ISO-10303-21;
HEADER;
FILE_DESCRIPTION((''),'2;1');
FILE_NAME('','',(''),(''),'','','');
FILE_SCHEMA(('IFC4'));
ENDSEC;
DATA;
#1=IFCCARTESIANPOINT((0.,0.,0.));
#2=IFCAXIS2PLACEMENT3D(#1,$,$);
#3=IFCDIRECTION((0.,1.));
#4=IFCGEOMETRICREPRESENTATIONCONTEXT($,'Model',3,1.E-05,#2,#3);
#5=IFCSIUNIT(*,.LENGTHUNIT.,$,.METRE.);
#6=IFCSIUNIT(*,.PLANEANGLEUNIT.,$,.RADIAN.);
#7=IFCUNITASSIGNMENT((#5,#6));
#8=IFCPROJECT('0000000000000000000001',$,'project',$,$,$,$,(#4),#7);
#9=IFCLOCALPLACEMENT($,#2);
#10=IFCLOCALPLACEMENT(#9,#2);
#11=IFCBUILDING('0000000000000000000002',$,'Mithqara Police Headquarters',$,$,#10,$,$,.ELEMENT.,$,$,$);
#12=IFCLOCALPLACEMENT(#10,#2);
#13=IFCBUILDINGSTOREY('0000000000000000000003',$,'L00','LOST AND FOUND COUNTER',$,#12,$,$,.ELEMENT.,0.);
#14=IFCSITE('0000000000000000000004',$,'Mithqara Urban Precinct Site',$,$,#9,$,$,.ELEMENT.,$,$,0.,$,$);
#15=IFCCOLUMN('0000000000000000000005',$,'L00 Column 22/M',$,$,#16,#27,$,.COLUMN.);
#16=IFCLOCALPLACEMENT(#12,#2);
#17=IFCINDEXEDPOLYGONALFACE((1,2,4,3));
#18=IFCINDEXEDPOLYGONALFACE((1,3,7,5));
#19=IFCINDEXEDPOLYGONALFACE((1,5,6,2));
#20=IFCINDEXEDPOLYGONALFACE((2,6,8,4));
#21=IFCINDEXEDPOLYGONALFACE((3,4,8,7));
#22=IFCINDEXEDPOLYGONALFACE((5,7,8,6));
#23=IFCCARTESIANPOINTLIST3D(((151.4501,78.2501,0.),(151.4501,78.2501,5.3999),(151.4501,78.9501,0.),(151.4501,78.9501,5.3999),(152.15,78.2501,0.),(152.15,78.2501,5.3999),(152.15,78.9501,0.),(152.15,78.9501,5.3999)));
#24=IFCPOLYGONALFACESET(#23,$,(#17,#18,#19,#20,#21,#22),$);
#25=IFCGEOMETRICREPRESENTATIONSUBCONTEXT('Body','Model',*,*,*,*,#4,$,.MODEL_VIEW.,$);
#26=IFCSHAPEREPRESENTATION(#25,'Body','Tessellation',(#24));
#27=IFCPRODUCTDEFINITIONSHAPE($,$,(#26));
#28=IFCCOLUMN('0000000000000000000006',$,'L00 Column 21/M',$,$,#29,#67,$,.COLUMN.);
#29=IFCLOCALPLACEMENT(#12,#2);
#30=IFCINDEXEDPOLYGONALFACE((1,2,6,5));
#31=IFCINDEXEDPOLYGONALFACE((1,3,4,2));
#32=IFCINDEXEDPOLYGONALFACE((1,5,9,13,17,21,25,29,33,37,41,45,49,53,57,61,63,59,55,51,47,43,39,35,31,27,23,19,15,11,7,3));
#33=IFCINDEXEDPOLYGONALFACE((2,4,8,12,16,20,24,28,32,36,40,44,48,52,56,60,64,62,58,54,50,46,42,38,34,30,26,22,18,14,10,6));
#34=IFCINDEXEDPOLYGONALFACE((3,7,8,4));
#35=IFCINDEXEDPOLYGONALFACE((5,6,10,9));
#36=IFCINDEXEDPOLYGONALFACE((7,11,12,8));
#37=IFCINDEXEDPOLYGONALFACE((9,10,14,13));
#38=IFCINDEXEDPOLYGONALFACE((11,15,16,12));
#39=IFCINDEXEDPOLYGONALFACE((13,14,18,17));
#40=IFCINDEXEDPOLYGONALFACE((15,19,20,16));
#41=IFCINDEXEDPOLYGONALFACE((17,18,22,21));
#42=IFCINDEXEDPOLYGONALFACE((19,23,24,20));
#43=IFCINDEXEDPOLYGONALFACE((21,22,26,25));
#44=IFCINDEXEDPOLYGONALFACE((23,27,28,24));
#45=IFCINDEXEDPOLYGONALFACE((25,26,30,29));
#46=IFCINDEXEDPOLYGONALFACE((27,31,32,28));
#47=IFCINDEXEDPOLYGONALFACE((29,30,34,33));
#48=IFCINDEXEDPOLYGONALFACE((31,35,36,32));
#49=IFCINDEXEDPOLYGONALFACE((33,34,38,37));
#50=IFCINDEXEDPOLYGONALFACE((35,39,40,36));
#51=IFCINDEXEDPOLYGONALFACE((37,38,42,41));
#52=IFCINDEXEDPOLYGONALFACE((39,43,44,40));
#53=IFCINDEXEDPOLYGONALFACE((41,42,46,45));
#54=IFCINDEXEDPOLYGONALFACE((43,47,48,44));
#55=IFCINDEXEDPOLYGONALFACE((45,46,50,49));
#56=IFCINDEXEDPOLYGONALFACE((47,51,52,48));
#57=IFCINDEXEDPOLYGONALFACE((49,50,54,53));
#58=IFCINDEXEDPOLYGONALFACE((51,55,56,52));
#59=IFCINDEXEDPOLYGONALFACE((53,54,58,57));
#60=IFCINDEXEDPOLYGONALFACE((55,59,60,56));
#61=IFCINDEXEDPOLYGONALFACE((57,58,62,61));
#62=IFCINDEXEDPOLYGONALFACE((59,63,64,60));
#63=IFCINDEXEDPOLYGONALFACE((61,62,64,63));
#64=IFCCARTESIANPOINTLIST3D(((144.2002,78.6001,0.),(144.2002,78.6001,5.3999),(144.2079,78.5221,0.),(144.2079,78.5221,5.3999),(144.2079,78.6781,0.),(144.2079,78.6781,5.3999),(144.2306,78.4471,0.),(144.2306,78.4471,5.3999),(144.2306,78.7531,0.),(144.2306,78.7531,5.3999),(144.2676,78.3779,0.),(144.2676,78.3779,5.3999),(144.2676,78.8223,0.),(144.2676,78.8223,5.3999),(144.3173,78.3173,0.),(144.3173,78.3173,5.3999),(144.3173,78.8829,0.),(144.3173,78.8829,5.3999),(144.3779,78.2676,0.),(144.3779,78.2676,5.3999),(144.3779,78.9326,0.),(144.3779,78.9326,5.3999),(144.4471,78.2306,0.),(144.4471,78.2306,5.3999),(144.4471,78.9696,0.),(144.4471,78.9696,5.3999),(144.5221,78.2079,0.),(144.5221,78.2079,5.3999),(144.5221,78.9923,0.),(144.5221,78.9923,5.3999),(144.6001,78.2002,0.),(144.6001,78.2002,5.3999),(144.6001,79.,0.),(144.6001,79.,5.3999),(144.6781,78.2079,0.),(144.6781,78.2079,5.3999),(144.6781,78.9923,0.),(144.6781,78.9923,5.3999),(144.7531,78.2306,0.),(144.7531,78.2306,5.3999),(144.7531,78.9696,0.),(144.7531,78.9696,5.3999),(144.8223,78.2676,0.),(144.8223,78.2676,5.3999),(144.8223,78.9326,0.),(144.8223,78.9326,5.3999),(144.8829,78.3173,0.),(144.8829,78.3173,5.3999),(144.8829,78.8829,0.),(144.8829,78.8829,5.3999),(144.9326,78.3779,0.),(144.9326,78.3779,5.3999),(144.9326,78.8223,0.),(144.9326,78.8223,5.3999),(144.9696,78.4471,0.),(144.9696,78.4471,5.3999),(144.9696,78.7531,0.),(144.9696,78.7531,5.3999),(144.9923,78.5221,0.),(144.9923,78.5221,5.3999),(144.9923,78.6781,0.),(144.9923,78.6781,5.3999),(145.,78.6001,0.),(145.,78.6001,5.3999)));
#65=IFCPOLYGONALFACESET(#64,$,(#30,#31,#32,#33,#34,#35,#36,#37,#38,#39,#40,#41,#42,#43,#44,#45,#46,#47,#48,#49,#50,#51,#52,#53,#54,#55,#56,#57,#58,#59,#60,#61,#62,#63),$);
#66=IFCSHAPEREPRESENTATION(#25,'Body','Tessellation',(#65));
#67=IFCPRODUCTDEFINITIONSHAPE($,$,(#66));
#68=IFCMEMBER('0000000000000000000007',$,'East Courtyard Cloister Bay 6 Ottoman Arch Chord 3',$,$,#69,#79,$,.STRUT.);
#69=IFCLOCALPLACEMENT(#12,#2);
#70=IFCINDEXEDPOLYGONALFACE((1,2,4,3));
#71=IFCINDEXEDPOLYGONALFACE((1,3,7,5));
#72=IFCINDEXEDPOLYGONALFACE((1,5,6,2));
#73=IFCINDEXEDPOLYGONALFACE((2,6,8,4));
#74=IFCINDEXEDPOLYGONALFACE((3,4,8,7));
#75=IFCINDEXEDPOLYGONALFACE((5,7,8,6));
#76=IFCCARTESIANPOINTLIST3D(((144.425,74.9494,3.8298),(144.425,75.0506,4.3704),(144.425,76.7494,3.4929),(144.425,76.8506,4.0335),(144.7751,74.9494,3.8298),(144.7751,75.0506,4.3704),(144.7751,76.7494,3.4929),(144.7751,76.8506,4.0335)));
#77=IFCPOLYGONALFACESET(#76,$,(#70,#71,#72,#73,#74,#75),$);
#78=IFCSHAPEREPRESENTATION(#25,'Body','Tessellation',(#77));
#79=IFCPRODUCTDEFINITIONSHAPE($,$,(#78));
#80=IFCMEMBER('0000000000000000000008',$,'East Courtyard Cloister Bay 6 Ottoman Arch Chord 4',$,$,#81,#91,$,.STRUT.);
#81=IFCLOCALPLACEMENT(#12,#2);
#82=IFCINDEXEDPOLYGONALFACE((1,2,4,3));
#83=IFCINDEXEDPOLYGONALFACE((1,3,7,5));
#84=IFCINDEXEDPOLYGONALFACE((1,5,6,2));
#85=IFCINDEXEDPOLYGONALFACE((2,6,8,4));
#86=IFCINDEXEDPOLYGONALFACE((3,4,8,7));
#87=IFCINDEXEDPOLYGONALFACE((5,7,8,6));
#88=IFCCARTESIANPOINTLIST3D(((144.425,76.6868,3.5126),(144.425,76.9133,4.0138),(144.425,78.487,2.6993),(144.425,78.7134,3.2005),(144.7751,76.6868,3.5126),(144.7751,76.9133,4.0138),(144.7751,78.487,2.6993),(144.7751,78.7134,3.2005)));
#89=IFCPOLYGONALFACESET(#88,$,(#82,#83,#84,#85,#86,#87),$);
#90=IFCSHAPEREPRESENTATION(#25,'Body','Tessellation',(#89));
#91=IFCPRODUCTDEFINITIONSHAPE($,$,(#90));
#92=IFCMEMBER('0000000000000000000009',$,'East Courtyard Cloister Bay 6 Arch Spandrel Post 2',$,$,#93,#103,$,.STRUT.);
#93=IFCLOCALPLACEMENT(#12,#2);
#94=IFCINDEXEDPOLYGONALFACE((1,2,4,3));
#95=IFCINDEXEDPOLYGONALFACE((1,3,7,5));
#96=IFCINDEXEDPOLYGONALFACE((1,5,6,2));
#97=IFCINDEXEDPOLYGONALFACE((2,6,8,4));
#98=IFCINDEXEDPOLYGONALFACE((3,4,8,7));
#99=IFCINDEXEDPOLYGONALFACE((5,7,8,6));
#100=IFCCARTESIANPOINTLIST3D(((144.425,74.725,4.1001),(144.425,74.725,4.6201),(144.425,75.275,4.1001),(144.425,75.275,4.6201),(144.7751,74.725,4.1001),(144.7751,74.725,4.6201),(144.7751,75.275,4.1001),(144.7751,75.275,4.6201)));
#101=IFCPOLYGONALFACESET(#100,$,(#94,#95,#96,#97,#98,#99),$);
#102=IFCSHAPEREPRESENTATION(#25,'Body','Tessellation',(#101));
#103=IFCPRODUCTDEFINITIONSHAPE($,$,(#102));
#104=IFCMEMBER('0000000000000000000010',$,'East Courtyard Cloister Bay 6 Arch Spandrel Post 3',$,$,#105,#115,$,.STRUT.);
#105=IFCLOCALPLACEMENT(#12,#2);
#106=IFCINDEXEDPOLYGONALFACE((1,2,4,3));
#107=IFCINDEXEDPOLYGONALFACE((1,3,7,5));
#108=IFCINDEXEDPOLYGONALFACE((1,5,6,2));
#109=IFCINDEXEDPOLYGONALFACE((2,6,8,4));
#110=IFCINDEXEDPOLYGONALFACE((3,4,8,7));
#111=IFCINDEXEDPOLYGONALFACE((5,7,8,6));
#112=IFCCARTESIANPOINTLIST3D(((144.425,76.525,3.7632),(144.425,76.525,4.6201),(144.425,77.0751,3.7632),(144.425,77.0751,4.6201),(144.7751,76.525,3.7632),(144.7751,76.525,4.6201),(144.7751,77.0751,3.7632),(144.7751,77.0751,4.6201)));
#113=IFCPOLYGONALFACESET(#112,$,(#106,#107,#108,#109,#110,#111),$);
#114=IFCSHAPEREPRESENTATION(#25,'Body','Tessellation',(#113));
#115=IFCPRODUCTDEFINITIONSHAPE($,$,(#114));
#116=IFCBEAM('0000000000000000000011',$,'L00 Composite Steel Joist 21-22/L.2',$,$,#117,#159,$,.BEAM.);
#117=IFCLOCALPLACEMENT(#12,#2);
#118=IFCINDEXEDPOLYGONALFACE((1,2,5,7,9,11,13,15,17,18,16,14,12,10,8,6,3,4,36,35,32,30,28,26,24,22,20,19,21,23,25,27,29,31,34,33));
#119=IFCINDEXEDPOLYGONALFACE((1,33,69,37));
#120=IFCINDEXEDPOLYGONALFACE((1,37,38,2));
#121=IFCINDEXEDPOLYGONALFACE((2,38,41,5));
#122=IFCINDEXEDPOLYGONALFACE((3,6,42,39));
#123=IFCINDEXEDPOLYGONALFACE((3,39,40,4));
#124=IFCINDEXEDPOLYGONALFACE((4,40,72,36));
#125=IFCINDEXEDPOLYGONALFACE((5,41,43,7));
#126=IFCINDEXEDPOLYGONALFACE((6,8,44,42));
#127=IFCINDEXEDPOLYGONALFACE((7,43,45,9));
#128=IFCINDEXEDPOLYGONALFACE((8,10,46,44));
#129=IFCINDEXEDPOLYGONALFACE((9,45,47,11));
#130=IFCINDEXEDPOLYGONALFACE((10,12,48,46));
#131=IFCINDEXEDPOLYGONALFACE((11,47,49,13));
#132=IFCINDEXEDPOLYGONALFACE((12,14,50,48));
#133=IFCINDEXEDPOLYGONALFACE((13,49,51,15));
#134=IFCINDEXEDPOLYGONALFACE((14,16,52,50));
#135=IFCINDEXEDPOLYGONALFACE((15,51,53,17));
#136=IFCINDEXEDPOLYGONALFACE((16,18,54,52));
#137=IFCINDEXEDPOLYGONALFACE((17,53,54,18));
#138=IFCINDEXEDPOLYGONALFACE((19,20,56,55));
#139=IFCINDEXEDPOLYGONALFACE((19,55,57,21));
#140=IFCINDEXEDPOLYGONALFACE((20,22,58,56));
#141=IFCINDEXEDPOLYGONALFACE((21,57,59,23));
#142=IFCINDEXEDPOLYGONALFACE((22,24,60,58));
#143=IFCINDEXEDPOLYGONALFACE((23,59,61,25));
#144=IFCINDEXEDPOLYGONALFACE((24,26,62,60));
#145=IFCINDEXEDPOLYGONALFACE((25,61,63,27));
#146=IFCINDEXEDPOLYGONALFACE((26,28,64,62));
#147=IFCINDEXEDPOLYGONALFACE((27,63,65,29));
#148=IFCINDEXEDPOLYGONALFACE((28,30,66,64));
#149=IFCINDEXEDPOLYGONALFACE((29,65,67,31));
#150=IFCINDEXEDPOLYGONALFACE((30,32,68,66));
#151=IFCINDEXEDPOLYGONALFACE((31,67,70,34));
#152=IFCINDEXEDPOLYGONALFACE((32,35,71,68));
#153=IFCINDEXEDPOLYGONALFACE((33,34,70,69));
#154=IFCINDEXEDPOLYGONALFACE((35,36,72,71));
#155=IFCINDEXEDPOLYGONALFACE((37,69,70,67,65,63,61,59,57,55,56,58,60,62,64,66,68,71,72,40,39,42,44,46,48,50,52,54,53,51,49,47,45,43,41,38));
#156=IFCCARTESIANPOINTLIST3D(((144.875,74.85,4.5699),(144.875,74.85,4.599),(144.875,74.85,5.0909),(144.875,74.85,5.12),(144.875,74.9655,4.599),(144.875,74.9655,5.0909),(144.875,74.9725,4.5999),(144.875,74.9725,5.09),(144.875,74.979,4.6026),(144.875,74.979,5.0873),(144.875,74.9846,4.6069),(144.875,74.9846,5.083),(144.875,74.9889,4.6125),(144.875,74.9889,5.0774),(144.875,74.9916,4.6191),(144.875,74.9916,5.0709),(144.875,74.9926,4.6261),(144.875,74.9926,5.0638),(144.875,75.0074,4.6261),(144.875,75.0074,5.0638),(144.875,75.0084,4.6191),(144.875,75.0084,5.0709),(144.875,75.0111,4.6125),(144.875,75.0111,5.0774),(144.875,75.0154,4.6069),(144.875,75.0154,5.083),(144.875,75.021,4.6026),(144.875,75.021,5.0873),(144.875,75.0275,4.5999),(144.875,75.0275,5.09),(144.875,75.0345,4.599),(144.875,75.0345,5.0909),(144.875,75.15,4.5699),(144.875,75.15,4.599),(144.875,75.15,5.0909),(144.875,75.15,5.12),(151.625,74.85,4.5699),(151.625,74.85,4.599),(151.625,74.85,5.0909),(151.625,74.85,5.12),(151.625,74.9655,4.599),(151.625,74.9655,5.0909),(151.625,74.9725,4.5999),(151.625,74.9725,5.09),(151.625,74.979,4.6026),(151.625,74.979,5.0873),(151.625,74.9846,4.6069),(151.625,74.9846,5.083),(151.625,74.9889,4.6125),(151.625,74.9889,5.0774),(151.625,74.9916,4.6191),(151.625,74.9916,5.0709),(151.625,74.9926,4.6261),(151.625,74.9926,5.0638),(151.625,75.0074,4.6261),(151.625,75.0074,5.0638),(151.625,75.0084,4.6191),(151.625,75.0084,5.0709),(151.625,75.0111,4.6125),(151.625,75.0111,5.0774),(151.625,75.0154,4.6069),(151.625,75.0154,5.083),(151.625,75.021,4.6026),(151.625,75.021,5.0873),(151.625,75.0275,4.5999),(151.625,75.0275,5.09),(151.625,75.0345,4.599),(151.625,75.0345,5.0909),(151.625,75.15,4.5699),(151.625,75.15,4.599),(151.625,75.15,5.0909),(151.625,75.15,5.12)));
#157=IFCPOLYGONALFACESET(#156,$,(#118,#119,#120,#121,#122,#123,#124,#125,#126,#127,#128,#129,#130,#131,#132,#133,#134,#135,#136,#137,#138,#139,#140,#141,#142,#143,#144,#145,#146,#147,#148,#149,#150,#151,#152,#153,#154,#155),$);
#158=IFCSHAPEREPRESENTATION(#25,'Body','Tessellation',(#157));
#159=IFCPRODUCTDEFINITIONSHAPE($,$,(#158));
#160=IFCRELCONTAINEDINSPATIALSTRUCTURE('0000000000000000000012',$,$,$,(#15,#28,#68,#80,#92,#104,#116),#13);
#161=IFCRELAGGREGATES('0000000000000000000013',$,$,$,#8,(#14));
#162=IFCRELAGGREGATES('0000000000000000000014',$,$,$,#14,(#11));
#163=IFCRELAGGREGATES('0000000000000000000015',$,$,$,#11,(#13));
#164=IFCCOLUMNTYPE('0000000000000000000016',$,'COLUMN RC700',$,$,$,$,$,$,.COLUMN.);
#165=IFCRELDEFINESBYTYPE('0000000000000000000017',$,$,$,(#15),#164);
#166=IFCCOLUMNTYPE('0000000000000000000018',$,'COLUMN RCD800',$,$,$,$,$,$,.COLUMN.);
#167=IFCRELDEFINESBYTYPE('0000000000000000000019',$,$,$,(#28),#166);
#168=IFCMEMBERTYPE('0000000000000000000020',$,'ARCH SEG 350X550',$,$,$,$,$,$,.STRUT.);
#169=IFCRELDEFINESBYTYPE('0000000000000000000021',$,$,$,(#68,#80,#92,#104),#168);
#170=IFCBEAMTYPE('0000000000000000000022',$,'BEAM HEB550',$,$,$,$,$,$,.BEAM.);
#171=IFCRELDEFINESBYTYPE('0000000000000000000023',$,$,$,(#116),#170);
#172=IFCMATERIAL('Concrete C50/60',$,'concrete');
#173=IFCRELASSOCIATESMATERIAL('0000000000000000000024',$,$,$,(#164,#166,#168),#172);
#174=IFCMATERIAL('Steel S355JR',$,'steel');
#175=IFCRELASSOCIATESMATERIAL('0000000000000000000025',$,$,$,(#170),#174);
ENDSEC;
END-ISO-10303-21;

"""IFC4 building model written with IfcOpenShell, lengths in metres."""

from ifc_helpers import new_model, si_unit, direction, frame, origin, origin_2d, place, context, subcontext, project, spatial, rectangle, circle, i_section, extrude, material, material_profile, profile_set, type_object, element, save


model = new_model("IFC4")

# Units and contexts
model_context = context("Model", 3, precision=1e-05, world=origin(), true_north=direction((0.0, 1.0)))
body_context = subcontext(model_context, "Body", "Model", "MODEL_VIEW")
ifc_project = project(units=[si_unit("LENGTHUNIT", "METRE"), si_unit("PLANEANGLEUNIT", "RADIAN")], contexts=[model_context])

# Site, building, storey
site_placement = place(None, origin())
site = spatial("IfcSite", under=ifc_project, at=site_placement, Name="Mithqara Urban Precinct Site", CompositionType="ELEMENT", RefElevation=0.0)
building_placement = place(site_placement, origin())
building = spatial("IfcBuilding", under=site, at=building_placement, Name="Mithqara Police Headquarters", CompositionType="ELEMENT")
storey_placement = place(building_placement, origin())
storey = spatial("IfcBuildingStorey", under=building, at=storey_placement, Name="L00", Description="LOST AND FOUND COUNTER", CompositionType="ELEMENT", Elevation=0.0)

# Columns
ifc_material_1 = material(Name="Concrete C50/60", Category="concrete")
ifc_material_profile_1 = material_profile(ifc_material_1, rectangle(XDim=0.7, YDim=0.7, at=origin_2d()), Name="RC 700x700")
ifc_profile_set_1 = profile_set([ifc_material_profile_1], Name="Concrete C50/60")
column_type_1 = type_object("IfcColumnType", Name="COLUMN RC700", PredefinedType="COLUMN", material=ifc_profile_set_1)
column_1_placement = place(storey_placement, frame((151.8, 78.6001, 0.0), z_axis=(0.0, 0.0, 1.0), x_axis=(1.0, 0.0, 0.0)))
element("IfcColumn", 1, at=column_1_placement, inside=storey, type_object=column_type_1, Name="L00 Column 22/M", PredefinedType="COLUMN", context=body_context, shape_type="SweptSolid", body=[
    extrude(rectangle(XDim=0.7, YDim=0.7, at=origin_2d()), origin(), (0.0, 0.0, 1.0), 5.3999),
])
ifc_material_profile_2 = material_profile(ifc_material_1, circle(Radius=0.3999, at=origin_2d()), Name="RCD 800")
ifc_profile_set_2 = profile_set([ifc_material_profile_2], Name="Concrete C50/60")
column_type_2 = type_object("IfcColumnType", Name="COLUMN RCD800", PredefinedType="COLUMN", material=ifc_profile_set_2)
column_2_placement = place(storey_placement, frame((144.6001, 78.6001, 0.0), z_axis=(0.0, 0.0, 1.0), x_axis=(1.0, 0.0, 0.0)))
element("IfcColumn", 2, at=column_2_placement, inside=storey, type_object=column_type_2, Name="L00 Column 21/M", PredefinedType="COLUMN", context=body_context, shape_type="SweptSolid", body=[
    extrude(circle(Radius=0.3999, at=origin_2d()), origin(), (0.0, 0.0, 1.0), 5.3999),
])

# Members
ifc_material_profile_3 = material_profile(ifc_material_1, rectangle(XDim=0.3501, YDim=0.55, at=origin_2d()), Name="ARC 350x550")
ifc_profile_set_3 = profile_set([ifc_material_profile_3], Name="Concrete C50/60")
member_type = type_object("IfcMemberType", Name="ARCH SEG 350X550", PredefinedType="STRUT", material=ifc_profile_set_3)
member_1_placement = place(storey_placement, frame((144.6001, 75.0, 4.1001), z_axis=(0.0, 0.982931, -0.183975), x_axis=(-1.0, 0.0, 0.0)))
element("IfcMember", 3, at=member_1_placement, inside=storey, type_object=member_type, Name="East Courtyard Cloister Bay 6 Ottoman Arch Chord 3", PredefinedType="STRUT", context=body_context, shape_type="SweptSolid", body=[
    extrude(rectangle(XDim=0.3501, YDim=0.55, at=origin_2d()), origin(), (0.0, 0.0, 1.0), 1.8313),
])
member_2_placement = place(storey_placement, frame((144.6001, 76.8, 3.7632), z_axis=(0.0, 0.911312, -0.411716), x_axis=(-1.0, 0.0, 0.0)))
element("IfcMember", 4, at=member_2_placement, inside=storey, type_object=member_type, Name="East Courtyard Cloister Bay 6 Ottoman Arch Chord 4", PredefinedType="STRUT", context=body_context, shape_type="SweptSolid", body=[
    extrude(rectangle(XDim=0.3501, YDim=0.55, at=origin_2d()), origin(), (0.0, 0.0, 1.0), 1.9753),
])
member_3_placement = place(storey_placement, frame((144.6001, 75.0, 4.1001), z_axis=(0.0, 0.0, 1.0), x_axis=(1.0, 0.0, 0.0)))
element("IfcMember", 5, at=member_3_placement, inside=storey, type_object=member_type, Name="East Courtyard Cloister Bay 6 Arch Spandrel Post 2", PredefinedType="STRUT", context=body_context, shape_type="SweptSolid", body=[
    extrude(rectangle(XDim=0.3501, YDim=0.55, at=origin_2d()), origin(), (0.0, 0.0, 1.0), 0.52),
])
member_4_placement = place(storey_placement, frame((144.6001, 76.8, 3.7632), z_axis=(0.0, 0.0, 1.0), x_axis=(1.0, 0.0, 0.0)))
element("IfcMember", 6, at=member_4_placement, inside=storey, type_object=member_type, Name="East Courtyard Cloister Bay 6 Arch Spandrel Post 3", PredefinedType="STRUT", context=body_context, shape_type="SweptSolid", body=[
    extrude(rectangle(XDim=0.3501, YDim=0.55, at=origin_2d()), origin(), (0.0, 0.0, 1.0), 0.8569),
])

# Beam
ifc_material_2 = material(Name="Steel S355JR", Category="steel")
ifc_material_profile_4 = material_profile(ifc_material_2, i_section(OverallWidth=0.3, OverallDepth=0.55, WebThickness=0.0149, FlangeThickness=0.0291, FilletRadius=0.0271, at=origin_2d()), Name="HEB 550")
ifc_profile_set_4 = profile_set([ifc_material_profile_4], Name="Steel S355JR")
beam_type_1 = type_object("IfcBeamType", Name="BEAM HEB550", PredefinedType="BEAM", material=ifc_profile_set_4)
for number, where, z_axis, x_axis, name in (
    (7, (144.875, 75.0, 4.845), (1.0, 0.0, 0.0), (0.0, 1.0, 0.0), "L00 Composite Steel Joist 21-22/L.2"),
):
    element("IfcBeam", number, at=place(storey_placement, frame(where, z_axis=z_axis, x_axis=x_axis)), inside=storey, type_object=beam_type_1, Name=name, PredefinedType="BEAM", context=body_context, shape_type="SweptSolid", body=[
        extrude(i_section(OverallWidth=0.3, OverallDepth=0.55, WebThickness=0.0149, FlangeThickness=0.0291, FilletRadius=0.0271, at=origin_2d()), origin(), (0.0, 0.0, 1.0), 6.75),
    ])

save(model, "model.ifc")
